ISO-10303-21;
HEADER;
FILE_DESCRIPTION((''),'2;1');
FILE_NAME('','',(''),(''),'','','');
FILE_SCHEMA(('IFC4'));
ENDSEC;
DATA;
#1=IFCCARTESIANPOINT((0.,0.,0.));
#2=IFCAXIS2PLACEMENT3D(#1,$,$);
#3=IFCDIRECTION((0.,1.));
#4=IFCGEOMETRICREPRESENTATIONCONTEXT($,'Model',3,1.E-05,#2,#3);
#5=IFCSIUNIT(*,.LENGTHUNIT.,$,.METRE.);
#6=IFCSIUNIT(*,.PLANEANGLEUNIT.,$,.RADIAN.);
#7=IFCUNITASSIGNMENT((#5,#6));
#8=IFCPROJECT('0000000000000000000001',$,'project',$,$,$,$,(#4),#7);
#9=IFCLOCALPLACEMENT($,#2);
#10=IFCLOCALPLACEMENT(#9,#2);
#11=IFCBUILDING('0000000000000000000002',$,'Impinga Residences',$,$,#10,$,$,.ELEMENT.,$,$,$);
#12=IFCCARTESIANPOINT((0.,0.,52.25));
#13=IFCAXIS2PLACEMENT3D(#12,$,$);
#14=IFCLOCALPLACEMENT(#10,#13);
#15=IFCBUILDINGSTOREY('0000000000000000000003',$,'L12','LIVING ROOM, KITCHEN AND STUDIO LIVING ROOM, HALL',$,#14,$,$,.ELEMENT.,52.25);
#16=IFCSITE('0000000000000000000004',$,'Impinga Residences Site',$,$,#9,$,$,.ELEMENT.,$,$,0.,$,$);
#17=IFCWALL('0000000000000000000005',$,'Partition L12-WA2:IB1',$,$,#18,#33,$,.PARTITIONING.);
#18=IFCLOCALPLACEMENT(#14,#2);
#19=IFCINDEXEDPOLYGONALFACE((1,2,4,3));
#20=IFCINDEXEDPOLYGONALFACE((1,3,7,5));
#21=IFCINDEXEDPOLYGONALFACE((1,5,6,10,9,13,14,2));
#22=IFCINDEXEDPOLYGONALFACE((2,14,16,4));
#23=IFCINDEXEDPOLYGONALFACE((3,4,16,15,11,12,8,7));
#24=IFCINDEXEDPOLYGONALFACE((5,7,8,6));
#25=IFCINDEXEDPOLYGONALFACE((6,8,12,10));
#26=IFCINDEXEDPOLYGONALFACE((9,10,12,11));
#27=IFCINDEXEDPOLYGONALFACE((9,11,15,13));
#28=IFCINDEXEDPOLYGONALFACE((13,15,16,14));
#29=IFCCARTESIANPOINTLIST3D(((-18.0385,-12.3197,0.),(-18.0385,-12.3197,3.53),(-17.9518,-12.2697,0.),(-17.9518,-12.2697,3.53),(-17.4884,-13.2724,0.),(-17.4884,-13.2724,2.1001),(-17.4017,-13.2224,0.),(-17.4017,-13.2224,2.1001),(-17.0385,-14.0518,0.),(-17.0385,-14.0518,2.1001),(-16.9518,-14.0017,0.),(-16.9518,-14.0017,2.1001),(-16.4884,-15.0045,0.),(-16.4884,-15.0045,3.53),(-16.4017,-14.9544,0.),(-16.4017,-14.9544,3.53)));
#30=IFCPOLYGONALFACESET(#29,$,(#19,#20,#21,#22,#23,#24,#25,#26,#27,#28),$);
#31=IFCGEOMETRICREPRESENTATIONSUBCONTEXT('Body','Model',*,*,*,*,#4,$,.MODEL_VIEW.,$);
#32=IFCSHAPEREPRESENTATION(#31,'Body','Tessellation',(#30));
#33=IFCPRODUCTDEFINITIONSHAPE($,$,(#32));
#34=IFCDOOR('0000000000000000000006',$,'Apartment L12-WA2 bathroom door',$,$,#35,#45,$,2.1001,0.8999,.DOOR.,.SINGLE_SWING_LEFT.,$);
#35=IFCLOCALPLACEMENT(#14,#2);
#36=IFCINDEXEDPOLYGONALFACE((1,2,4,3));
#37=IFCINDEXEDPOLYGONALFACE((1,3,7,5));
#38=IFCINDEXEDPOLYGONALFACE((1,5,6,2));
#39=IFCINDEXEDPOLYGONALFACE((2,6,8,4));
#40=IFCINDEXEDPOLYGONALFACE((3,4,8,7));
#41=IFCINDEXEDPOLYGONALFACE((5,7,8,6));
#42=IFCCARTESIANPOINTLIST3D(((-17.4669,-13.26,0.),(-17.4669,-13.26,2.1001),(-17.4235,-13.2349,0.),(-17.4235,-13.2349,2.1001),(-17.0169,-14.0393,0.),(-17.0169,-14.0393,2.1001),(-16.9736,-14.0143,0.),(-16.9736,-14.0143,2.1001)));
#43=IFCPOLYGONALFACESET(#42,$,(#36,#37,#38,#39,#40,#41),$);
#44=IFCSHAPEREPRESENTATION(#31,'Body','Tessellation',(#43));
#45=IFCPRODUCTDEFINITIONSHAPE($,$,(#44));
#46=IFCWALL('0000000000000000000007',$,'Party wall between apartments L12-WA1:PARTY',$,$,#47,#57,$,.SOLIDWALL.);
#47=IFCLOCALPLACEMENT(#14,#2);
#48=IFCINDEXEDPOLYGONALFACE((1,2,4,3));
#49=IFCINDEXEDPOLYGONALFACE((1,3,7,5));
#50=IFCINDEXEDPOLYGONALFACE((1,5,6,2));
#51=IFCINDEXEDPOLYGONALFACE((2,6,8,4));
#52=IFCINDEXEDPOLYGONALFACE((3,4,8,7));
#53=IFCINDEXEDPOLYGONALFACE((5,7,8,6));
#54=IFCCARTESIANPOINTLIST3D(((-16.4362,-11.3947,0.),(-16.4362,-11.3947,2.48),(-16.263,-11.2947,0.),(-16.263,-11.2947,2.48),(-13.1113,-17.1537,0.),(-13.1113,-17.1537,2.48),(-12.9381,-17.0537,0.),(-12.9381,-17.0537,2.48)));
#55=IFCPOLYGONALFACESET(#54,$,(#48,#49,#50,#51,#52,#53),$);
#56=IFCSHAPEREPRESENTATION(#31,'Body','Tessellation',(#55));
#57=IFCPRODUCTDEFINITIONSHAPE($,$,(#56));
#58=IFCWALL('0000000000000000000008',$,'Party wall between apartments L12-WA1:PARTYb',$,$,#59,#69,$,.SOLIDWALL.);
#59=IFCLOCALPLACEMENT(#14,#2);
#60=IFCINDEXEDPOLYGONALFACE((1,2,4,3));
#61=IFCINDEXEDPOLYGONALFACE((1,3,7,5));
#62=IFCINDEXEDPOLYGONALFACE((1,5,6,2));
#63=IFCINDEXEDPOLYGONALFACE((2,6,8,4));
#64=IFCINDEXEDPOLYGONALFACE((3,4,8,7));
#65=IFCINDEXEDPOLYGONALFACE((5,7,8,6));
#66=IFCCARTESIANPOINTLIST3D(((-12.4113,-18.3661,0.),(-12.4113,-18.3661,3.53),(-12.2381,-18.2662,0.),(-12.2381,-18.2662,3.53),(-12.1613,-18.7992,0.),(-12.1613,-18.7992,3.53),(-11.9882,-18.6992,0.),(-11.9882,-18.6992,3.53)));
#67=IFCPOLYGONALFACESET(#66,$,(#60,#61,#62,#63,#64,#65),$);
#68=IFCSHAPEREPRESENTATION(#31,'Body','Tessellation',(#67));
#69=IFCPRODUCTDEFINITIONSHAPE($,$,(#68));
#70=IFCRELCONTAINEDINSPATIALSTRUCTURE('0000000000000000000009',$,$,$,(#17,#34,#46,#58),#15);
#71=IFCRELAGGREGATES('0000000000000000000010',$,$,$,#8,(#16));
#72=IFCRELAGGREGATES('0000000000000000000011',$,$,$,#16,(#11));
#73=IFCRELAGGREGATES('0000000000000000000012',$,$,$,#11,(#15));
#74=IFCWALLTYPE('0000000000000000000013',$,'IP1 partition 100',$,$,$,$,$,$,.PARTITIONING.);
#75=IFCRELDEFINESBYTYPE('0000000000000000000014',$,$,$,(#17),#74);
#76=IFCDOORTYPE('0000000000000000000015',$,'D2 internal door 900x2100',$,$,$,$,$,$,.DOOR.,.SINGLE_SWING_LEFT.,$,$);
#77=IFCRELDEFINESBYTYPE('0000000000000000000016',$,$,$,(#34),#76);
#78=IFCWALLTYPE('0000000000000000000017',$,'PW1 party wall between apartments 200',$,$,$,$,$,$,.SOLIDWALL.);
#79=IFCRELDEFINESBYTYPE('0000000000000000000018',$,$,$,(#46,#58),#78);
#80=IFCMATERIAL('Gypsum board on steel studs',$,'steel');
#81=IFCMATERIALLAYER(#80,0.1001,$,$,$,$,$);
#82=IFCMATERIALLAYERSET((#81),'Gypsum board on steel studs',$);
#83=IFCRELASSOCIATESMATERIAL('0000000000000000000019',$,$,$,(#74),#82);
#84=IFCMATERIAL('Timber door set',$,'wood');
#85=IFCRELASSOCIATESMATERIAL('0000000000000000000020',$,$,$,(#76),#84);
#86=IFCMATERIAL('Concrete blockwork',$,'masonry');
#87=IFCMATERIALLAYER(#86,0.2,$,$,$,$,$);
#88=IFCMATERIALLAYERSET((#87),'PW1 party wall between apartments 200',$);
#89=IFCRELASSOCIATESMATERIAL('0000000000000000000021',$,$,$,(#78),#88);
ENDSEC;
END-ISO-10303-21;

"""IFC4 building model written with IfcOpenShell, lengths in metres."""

from ifc_helpers import new_model, si_unit, direction, frame, frame_2d, origin, place, context, subcontext, project, spatial, rectangle, extrude, material, layer, layer_set, type_object, element, fill, save


model = new_model("IFC4")

# Units and contexts
model_context = context("Model", 3, precision=1e-05, world=origin(), true_north=direction((0.0, 1.0)))
body_context = subcontext(model_context, "Body", "Model", "MODEL_VIEW")
ifc_project = project(units=[si_unit("LENGTHUNIT", "METRE"), si_unit("PLANEANGLEUNIT", "RADIAN")], contexts=[model_context])

# Site, building, storey
site_placement = place(None, origin())
site = spatial("IfcSite", under=ifc_project, at=site_placement, Name="Impinga Residences Site", CompositionType="ELEMENT", RefElevation=0.0)
building_placement = place(site_placement, origin())
building = spatial("IfcBuilding", under=site, at=building_placement, Name="Impinga Residences", CompositionType="ELEMENT")
storey_placement = place(building_placement, frame((0.0, 0.0, 52.25)))
storey = spatial("IfcBuildingStorey", under=building, at=storey_placement, Name="L12", Description="LIVING ROOM, KITCHEN AND STUDIO LIVING ROOM, HALL", CompositionType="ELEMENT", Elevation=52.25)

# Shared definitions
ifc_material_1 = material(Name="Gypsum board on steel studs", Category="steel")
ifc_layer_1 = layer(ifc_material_1, 0.1001)
ifc_layer_set_1 = layer_set([ifc_layer_1], Name="Gypsum board on steel studs")
wall_type_1 = type_object("IfcWallType", Name="IP1 partition 100", PredefinedType="PARTITIONING", material=ifc_layer_set_1)
ifc_material_2 = material(Name="Timber door set", Category="wood")
door_type = type_object("IfcDoorType", Name="D2 internal door 900x2100", OperationType="SINGLE_SWING_LEFT", PredefinedType="DOOR", material=ifc_material_2)

# Wall, opening, door
wall_1_placement = place(storey_placement, frame((-17.9951, -12.2947, 0.0), z_axis=(0.0, 0.0, 1.0), x_axis=(0.499993, -0.86603, 0.0)))
wall_1 = element("IfcWall", 1, at=wall_1_placement, inside=storey, type_object=wall_type_1, Name="Partition L12-WA2:IB1", PredefinedType="PARTITIONING", context=body_context, shape_type="SweptSolid", body=[
    extrude(rectangle(XDim=3.1001, YDim=0.1001, at=frame_2d((1.55, 0.0))), origin(), (0.0, 0.0, 1.0), 3.53),
])
opening_1_placement = place(wall_1_placement, frame((1.1001, 0.0, 0.0)))
opening_1 = element("IfcOpeningElement", 2, at=opening_1_placement, cuts=wall_1, PredefinedType="OPENING", context=body_context, shape_type="SweptSolid", body=[
    extrude(rectangle(XDim=0.8999, YDim=2.1001, at=frame_2d((0.45, 1.05))), frame((0.0, 0.0601, 0.0), z_axis=(0.0, -1.0, 0.0), x_axis=(1.0, 0.0, 0.0)), (0.0, 0.0, 1.0), 0.1201),
])
door_1_placement = place(opening_1_placement, origin())
door_1 = element("IfcDoor", 3, at=door_1_placement, inside=storey, type_object=door_type, Name="Apartment L12-WA2 bathroom door", OperationType="SINGLE_SWING_LEFT", OverallHeight=2.1001, OverallWidth=0.8999, PredefinedType="DOOR", context=body_context, shape_type="SweptSolid", body=[
    extrude(rectangle(XDim=0.8999, YDim=2.1001, at=frame_2d((0.45, 1.05))), frame((0.0, 0.0249, 0.0), z_axis=(0.0, -1.0, 0.0), x_axis=(1.0, 0.0, 0.0)), (0.0, 0.0, 1.0), 0.05),
])
fill(opening_1, door_1)

# Walls
ifc_material_3 = material(Name="Concrete blockwork", Category="masonry")
ifc_layer_2 = layer(ifc_material_3, 0.2)
ifc_layer_set_2 = layer_set([ifc_layer_2], Name="PW1 party wall between apartments 200")
wall_type_2 = type_object("IfcWallType", Name="PW1 party wall between apartments 200", PredefinedType="SOLIDWALL", material=ifc_layer_set_2)
wall_2_placement = place(storey_placement, frame((-16.3496, -11.3447, 0.0), z_axis=(0.0, 0.0, 1.0), x_axis=(0.499997, -0.866027, 0.0)))
element("IfcWall", 4, at=wall_2_placement, inside=storey, type_object=wall_type_2, Name="Party wall between apartments L12-WA1:PARTY", PredefinedType="SOLIDWALL", context=body_context, shape_type="SweptSolid", body=[
    extrude(rectangle(XDim=6.6499, YDim=0.2, at=frame_2d((3.325, 0.0))), origin(), (0.0, 0.0, 1.0), 2.48),
])
wall_3_placement = place(storey_placement, frame((-12.3247, -18.3162, 0.0), z_axis=(0.0, 0.0, 1.0), x_axis=(0.49992, -0.866072, 0.0)))
element("IfcWall", 5, at=wall_3_placement, inside=storey, type_object=wall_type_2, Name="Party wall between apartments L12-WA1:PARTYb", PredefinedType="SOLIDWALL", context=body_context, shape_type="SweptSolid", body=[
    extrude(rectangle(XDim=0.5, YDim=0.2, at=frame_2d((0.25, 0.0))), origin(), (0.0, 0.0, 1.0), 3.53),
])

save(model, "model.ifc")
